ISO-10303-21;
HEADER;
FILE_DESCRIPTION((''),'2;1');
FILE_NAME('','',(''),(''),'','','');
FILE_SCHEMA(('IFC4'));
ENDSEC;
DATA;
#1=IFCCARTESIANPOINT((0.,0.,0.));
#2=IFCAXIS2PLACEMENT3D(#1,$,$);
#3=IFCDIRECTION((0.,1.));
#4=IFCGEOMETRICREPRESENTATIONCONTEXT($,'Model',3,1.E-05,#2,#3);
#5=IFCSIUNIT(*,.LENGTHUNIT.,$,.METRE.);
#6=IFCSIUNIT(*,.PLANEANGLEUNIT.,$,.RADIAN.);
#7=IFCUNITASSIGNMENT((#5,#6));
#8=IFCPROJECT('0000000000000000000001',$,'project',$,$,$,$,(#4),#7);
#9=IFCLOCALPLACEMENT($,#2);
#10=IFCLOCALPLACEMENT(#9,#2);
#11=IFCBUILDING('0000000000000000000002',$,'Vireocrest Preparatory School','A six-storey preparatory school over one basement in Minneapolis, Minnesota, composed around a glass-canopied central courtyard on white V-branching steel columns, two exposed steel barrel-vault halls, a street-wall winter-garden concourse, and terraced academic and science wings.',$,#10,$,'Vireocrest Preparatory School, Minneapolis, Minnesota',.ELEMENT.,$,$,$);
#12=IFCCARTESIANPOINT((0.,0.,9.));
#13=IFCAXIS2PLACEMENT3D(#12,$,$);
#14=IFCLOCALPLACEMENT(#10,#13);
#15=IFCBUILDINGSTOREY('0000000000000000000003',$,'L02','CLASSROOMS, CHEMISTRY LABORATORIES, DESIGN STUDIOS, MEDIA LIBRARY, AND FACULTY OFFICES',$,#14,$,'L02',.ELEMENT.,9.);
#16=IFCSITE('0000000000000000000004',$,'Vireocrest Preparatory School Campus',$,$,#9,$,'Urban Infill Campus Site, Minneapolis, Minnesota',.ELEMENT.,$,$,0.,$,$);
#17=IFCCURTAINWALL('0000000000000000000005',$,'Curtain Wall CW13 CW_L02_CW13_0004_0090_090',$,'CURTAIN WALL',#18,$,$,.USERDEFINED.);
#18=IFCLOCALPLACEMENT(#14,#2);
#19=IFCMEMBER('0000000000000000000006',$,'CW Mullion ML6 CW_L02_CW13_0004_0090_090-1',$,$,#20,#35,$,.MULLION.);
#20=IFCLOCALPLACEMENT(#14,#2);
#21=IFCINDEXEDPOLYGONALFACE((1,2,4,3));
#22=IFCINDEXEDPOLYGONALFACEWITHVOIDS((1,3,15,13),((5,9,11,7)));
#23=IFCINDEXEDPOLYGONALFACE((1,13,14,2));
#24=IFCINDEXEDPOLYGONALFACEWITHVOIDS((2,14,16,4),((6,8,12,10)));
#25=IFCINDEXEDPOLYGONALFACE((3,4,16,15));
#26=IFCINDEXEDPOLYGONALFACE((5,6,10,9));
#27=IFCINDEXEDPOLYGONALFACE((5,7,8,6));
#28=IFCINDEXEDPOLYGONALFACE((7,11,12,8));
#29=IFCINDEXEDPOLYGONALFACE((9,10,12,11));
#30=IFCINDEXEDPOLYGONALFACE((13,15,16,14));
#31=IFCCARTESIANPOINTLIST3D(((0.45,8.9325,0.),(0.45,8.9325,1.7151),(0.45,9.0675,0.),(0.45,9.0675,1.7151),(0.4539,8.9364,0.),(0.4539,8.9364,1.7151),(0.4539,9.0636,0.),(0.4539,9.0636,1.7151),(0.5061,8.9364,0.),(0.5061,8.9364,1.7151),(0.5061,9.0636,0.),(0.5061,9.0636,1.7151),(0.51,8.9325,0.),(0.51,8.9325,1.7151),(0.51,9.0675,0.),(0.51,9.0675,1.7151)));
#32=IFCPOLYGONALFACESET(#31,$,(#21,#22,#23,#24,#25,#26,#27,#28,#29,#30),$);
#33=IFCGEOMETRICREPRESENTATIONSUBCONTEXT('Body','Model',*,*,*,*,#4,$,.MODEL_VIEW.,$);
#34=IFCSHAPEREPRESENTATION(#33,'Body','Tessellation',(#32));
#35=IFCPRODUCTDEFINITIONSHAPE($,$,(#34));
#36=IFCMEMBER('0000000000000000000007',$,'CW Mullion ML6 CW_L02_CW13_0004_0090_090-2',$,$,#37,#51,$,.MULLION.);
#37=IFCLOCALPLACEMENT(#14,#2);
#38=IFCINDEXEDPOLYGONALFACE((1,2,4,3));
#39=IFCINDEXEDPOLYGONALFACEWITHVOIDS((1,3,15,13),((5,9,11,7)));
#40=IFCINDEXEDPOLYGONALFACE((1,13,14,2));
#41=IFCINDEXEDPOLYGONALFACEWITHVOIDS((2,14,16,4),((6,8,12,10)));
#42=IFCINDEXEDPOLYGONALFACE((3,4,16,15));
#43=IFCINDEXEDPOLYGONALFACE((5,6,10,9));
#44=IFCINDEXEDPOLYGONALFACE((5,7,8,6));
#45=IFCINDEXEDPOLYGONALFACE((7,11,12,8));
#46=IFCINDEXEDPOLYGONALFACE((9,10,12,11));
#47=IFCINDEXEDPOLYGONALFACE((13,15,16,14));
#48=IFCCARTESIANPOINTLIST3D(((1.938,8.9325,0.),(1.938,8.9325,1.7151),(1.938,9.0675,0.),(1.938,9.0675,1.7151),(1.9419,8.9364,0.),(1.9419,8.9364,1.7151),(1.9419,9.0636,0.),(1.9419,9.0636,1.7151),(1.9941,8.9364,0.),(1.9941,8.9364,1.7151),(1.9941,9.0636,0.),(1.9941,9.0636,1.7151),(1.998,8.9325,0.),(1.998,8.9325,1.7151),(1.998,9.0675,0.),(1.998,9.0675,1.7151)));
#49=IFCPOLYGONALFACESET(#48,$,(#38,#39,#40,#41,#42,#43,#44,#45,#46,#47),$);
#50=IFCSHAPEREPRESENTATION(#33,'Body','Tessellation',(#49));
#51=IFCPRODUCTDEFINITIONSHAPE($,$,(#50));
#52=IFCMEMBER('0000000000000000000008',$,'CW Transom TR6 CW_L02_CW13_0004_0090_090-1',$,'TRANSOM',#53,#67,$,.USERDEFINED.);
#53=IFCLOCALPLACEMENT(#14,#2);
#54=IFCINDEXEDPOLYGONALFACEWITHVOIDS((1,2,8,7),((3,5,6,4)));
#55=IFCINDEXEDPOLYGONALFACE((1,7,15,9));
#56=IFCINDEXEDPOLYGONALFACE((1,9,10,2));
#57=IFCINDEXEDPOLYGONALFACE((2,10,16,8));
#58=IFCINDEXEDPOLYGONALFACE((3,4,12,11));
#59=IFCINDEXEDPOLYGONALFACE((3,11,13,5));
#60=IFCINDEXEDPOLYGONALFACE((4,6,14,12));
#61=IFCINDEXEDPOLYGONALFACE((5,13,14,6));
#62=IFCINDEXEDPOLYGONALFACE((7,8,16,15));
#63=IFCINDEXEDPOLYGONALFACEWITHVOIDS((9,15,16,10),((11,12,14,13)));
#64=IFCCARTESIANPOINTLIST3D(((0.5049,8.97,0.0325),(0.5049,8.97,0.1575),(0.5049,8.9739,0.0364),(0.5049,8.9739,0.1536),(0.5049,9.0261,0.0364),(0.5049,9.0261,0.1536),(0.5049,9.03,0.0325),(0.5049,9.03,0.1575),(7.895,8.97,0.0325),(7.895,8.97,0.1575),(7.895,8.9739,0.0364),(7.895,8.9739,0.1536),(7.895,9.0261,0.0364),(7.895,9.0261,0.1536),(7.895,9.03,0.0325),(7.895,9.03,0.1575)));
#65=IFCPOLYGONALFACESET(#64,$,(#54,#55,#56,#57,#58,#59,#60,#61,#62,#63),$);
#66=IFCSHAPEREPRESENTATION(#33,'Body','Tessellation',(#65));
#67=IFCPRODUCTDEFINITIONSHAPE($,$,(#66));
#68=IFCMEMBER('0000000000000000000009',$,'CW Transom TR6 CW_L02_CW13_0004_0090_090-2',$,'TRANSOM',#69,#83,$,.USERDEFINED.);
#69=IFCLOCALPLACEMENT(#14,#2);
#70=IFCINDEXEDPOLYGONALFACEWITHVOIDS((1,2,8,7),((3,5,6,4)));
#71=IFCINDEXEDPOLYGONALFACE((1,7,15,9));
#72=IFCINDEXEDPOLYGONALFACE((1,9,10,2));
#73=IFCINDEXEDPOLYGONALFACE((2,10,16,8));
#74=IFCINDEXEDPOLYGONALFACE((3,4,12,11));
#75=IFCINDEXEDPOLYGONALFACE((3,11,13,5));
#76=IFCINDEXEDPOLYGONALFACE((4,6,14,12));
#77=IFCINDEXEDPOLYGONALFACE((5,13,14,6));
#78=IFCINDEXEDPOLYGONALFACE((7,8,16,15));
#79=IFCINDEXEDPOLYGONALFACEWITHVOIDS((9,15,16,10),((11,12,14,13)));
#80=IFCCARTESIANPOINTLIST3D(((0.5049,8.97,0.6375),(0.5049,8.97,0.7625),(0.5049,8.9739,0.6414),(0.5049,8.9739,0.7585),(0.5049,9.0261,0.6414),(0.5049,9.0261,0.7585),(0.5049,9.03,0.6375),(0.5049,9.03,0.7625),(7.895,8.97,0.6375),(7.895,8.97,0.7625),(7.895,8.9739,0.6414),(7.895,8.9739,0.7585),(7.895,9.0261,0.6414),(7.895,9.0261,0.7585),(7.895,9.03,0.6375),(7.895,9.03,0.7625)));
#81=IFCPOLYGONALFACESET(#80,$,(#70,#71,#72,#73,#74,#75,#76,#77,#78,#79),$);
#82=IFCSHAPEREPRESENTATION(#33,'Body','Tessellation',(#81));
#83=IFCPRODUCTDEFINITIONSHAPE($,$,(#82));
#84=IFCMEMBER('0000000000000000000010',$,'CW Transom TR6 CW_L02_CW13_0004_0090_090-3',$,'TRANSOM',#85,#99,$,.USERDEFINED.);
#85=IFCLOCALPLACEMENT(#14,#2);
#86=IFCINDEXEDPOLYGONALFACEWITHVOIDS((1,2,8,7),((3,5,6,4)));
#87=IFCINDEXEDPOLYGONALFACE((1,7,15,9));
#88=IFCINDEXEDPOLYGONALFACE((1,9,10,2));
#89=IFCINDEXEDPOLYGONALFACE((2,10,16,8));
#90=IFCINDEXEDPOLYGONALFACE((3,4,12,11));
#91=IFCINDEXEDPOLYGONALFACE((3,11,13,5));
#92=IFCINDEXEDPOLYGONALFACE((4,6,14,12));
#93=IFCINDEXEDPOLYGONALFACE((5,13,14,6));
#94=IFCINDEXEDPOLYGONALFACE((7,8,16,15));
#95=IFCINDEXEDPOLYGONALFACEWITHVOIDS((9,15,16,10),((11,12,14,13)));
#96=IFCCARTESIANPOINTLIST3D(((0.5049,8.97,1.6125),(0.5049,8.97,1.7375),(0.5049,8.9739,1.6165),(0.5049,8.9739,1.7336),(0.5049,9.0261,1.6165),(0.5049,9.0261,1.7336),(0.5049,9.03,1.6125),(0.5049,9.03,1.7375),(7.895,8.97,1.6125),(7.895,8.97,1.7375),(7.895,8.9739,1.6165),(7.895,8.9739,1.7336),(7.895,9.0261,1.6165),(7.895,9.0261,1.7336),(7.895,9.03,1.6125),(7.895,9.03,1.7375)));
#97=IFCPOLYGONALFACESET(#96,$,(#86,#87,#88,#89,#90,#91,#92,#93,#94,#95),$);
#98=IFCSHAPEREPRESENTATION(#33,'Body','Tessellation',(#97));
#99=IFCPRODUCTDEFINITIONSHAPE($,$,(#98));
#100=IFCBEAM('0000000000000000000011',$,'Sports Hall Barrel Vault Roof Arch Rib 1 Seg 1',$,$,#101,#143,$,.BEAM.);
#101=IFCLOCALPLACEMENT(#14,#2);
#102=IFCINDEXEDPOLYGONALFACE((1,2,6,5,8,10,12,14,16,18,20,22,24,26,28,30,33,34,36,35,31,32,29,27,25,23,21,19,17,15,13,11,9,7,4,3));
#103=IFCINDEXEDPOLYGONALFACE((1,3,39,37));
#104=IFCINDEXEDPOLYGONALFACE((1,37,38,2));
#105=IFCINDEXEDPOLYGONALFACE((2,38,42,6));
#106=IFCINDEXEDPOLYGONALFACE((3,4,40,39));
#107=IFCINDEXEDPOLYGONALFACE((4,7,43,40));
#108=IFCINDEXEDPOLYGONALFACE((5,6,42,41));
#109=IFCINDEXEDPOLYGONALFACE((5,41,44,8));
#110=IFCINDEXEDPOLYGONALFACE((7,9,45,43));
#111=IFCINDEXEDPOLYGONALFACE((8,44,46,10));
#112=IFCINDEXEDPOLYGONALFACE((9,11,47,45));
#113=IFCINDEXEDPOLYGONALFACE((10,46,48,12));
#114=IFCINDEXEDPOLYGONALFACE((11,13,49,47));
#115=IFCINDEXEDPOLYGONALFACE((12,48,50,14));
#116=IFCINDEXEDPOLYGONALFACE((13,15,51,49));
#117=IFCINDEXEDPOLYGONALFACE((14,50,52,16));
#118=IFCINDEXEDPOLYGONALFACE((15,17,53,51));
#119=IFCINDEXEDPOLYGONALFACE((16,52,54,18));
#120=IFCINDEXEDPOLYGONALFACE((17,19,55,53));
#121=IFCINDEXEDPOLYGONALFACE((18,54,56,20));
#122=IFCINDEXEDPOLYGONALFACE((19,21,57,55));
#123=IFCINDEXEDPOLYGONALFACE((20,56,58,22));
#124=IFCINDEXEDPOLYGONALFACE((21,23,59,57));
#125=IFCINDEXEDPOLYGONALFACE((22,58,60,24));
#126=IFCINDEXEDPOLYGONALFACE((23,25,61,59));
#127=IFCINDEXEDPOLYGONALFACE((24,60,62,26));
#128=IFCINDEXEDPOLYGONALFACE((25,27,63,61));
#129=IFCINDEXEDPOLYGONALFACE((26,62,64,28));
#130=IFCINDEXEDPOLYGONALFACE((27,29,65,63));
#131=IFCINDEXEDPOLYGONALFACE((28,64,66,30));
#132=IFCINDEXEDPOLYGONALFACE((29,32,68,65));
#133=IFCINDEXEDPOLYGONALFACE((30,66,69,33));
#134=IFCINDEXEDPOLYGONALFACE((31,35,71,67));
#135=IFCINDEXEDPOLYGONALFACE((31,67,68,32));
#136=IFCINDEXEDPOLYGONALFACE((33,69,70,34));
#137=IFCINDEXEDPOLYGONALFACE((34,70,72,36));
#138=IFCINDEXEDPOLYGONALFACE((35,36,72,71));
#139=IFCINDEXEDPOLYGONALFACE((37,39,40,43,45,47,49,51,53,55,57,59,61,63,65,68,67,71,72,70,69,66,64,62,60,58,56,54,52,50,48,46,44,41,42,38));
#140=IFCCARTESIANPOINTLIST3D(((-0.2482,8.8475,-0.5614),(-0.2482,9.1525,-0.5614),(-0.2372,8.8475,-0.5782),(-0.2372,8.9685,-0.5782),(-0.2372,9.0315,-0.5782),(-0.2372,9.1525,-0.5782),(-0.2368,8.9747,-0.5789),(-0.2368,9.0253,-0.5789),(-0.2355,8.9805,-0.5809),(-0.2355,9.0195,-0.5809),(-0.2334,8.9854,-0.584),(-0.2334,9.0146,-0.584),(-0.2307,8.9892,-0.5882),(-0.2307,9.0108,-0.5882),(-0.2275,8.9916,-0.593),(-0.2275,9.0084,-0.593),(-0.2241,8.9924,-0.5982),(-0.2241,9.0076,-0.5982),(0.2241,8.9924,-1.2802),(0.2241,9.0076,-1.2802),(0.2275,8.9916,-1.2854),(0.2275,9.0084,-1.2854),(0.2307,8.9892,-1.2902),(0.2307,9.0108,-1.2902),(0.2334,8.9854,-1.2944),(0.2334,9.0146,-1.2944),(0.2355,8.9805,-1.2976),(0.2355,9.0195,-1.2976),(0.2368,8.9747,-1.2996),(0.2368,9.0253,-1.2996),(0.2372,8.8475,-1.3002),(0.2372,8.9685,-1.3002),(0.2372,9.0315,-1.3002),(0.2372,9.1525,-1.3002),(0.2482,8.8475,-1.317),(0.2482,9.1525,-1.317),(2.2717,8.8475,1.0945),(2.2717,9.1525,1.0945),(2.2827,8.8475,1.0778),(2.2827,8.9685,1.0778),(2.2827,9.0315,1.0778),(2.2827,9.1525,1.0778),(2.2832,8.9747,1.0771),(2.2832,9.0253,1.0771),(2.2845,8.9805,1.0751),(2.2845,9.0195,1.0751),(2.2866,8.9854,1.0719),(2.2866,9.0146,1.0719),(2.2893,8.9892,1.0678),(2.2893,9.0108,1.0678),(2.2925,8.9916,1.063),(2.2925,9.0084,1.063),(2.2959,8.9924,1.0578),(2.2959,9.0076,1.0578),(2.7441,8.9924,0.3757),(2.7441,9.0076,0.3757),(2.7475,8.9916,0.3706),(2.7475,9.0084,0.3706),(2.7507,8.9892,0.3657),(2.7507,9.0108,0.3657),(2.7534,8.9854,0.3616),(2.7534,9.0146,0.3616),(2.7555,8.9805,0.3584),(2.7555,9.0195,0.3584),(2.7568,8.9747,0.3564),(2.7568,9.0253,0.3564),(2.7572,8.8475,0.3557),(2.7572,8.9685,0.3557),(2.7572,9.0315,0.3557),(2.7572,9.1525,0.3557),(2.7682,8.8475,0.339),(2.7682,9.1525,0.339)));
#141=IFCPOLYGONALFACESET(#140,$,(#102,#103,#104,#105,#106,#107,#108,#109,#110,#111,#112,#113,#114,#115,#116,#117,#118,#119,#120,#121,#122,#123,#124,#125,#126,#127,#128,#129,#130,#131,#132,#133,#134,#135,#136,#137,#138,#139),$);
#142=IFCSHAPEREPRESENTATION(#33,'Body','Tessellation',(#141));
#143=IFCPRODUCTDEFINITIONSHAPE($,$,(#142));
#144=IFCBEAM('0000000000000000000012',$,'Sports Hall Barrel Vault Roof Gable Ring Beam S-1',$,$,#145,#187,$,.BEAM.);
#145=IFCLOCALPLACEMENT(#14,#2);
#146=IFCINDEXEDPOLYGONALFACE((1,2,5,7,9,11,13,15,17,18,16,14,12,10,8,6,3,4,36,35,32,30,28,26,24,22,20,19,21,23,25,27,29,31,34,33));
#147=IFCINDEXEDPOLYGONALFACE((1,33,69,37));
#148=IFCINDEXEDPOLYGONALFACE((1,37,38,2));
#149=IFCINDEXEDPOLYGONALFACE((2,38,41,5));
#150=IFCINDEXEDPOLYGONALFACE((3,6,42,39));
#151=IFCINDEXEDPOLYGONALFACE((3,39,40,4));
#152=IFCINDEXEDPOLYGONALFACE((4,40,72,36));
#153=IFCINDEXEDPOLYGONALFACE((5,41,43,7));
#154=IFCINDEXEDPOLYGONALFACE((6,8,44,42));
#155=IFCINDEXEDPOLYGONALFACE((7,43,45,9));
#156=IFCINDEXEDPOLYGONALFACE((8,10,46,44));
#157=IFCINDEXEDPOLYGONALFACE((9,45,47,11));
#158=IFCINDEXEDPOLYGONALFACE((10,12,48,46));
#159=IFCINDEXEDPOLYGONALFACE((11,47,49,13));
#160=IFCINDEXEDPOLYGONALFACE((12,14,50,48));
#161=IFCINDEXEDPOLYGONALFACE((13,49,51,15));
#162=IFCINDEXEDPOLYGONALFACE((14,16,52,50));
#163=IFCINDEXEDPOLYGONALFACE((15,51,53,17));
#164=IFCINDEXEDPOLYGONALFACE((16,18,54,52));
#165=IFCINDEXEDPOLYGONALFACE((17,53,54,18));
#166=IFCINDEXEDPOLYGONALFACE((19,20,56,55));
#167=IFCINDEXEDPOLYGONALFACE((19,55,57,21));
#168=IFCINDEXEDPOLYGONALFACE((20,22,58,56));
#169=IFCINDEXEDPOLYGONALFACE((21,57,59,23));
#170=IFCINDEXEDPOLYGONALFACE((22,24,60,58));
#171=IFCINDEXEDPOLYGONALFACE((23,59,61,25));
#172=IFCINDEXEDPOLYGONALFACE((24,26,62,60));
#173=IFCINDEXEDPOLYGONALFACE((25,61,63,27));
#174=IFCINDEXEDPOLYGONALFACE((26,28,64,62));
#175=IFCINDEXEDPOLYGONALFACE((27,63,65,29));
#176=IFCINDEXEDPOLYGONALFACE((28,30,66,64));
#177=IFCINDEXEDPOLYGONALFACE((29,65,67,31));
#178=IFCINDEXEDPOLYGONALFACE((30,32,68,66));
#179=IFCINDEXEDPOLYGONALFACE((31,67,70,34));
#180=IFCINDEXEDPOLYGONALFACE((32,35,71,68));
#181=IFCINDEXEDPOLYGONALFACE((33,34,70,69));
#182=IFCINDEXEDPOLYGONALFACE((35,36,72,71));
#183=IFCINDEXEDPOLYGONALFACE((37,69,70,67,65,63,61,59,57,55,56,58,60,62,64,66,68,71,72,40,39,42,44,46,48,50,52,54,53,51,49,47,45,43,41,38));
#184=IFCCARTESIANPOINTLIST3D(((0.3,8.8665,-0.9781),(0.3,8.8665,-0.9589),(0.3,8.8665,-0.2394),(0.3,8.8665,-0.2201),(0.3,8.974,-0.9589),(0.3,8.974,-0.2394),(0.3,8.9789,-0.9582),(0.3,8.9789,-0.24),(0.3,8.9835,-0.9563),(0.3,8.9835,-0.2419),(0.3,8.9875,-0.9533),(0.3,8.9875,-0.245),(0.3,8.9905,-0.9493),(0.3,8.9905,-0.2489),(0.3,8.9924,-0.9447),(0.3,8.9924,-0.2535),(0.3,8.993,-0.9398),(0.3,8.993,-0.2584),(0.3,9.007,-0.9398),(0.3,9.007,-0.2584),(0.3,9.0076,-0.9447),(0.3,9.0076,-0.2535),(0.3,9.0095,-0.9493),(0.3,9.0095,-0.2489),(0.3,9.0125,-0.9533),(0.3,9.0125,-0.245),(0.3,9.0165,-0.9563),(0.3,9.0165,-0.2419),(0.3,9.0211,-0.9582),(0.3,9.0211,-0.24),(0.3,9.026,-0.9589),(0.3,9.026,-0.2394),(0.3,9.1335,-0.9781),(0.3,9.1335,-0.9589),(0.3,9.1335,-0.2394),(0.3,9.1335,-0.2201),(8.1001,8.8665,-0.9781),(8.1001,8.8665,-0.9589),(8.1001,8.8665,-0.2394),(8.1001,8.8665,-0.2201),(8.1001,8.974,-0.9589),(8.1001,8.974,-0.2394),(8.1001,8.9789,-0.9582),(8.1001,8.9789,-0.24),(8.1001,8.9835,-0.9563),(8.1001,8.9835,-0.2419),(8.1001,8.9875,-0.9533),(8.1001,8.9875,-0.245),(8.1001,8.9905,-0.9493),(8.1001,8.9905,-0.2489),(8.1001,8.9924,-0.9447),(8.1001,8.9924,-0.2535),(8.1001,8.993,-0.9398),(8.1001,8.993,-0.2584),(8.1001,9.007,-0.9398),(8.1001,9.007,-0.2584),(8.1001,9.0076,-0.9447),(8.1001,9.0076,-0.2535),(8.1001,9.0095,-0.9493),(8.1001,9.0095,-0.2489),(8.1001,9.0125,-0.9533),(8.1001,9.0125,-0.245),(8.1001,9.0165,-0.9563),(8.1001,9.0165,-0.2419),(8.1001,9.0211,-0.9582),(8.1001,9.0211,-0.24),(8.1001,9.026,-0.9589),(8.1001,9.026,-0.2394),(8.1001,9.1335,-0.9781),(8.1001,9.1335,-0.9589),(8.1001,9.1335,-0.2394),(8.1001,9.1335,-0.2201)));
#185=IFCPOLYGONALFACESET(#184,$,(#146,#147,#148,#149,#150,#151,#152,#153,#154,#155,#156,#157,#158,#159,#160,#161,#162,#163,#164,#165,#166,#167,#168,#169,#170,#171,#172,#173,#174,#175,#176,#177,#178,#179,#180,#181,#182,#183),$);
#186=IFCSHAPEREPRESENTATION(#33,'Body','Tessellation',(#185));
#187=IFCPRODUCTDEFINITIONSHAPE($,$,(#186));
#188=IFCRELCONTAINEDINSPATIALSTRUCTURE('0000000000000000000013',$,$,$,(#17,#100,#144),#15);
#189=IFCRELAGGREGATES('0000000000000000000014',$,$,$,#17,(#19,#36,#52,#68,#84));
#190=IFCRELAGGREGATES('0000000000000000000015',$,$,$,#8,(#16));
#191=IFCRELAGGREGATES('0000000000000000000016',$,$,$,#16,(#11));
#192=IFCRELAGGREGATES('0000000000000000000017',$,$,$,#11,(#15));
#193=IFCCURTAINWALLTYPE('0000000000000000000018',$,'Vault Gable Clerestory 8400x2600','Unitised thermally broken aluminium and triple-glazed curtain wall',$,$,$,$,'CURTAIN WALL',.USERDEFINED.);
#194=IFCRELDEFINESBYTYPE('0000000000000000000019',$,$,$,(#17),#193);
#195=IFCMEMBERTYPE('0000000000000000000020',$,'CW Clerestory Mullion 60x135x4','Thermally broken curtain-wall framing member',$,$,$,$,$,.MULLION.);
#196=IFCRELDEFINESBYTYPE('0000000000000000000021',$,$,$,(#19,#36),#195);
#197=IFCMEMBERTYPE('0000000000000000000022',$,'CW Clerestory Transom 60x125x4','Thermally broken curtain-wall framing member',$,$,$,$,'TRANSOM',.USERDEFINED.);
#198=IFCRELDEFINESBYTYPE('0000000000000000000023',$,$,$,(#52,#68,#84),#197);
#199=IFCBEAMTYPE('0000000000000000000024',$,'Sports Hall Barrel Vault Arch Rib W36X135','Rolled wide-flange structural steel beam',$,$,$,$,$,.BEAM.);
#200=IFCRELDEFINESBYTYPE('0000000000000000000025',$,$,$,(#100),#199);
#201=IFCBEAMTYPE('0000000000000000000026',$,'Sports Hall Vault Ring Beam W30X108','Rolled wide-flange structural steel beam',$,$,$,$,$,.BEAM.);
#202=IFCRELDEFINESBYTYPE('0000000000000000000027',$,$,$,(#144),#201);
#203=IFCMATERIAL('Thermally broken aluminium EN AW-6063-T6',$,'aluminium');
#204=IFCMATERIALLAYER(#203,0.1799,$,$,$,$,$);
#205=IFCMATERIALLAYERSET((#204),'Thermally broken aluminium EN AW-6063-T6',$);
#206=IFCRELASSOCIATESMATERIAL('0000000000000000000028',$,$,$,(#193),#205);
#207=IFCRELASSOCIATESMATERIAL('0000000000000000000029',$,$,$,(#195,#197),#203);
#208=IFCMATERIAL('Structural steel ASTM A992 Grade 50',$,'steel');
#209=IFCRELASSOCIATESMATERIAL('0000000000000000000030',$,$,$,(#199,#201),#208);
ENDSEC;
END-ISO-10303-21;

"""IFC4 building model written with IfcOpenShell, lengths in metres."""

from ifc_helpers import new_model, si_unit, direction, frame, origin, origin_2d, place, context, subcontext, project, spatial, hollow_rectangle, i_section, extrude, material, layer, layer_set, material_profile, profile_set, type_object, element, aggregate, save


model = new_model("IFC4")

# Units and contexts
model_context = context("Model", 3, precision=1e-05, world=origin(), true_north=direction((0.0, 1.0)))
body_context = subcontext(model_context, "Body", "Model", "MODEL_VIEW")
ifc_project = project(units=[si_unit("LENGTHUNIT", "METRE"), si_unit("PLANEANGLEUNIT", "RADIAN")], contexts=[model_context])

# Site, building, storey
site_placement = place(None, origin())
site = spatial("IfcSite", under=ifc_project, at=site_placement, Name="Vireocrest Preparatory School Campus", LongName="Urban Infill Campus Site, Minneapolis, Minnesota", CompositionType="ELEMENT", RefElevation=0.0)
building_placement = place(site_placement, origin())
building = spatial("IfcBuilding", under=site, at=building_placement, Name="Vireocrest Preparatory School", Description="A six-storey preparatory school over one basement in Minneapolis, Minnesota, composed around a glass-canopied central courtyard on white V-branching steel columns, two exposed steel barrel-vault halls, a street-wall winter-garden concourse, and terraced academic and science wings.", LongName="Vireocrest Preparatory School, Minneapolis, Minnesota", CompositionType="ELEMENT")
storey_placement = place(building_placement, frame((0.0, 0.0, 9.0)))
storey = spatial("IfcBuildingStorey", under=building, at=storey_placement, Name="L02", Description="CLASSROOMS, CHEMISTRY LABORATORIES, DESIGN STUDIOS, MEDIA LIBRARY, AND FACULTY OFFICES", LongName="L02", CompositionType="ELEMENT", Elevation=9.0)

# Curtain wall, members
ifc_material_1 = material(Name="Thermally broken aluminium EN AW-6063-T6", Category="aluminium")
ifc_layer_1 = layer(ifc_material_1, 0.1799)
ifc_layer_set_1 = layer_set([ifc_layer_1], Name="Thermally broken aluminium EN AW-6063-T6")
curtain_wall_type = type_object("IfcCurtainWallType", Name="Vault Gable Clerestory 8400x2600", Description="Unitised thermally broken aluminium and triple-glazed curtain wall", ElementType="CURTAIN WALL", PredefinedType="USERDEFINED", material=ifc_layer_set_1)
curtain_wall_placement = place(storey_placement, origin())
curtain_wall = element("IfcCurtainWall", 1, at=curtain_wall_placement, inside=storey, type_object=curtain_wall_type, Name="Curtain Wall CW13 CW_L02_CW13_0004_0090_090", ObjectType="CURTAIN WALL", PredefinedType="USERDEFINED")
ifc_material_profile_1 = material_profile(ifc_material_1, hollow_rectangle(XDim=0.0601, YDim=0.135, WallThickness=0.0039, at=origin_2d()), Name="ALU 60x135x4")
ifc_profile_set_1 = profile_set([ifc_material_profile_1], Name="Thermally broken aluminium EN AW-6063-T6")
member_type_1 = type_object("IfcMemberType", Name="CW Clerestory Mullion 60x135x4", Description="Thermally broken curtain-wall framing member", PredefinedType="MULLION", material=ifc_profile_set_1)
member_1_placement = place(storey_placement, frame((0.48, 9.0, 0.0), z_axis=(0.0, 0.0, 1.0), x_axis=(1.0, 0.0, 0.0)))
member_1 = element("IfcMember", 2, at=member_1_placement, type_object=member_type_1, Name="CW Mullion ML6 CW_L02_CW13_0004_0090_090-1", PredefinedType="MULLION", context=body_context, shape_type="SweptSolid", body=[
    extrude(hollow_rectangle(XDim=0.0601, YDim=0.135, WallThickness=0.0039, at=origin_2d()), origin(), (0.0, 0.0, 1.0), 1.7151),
])
member_2_placement = place(storey_placement, frame((1.968, 9.0, 0.0), z_axis=(0.0, 0.0, 1.0), x_axis=(1.0, 0.0, 0.0)))
member_2 = element("IfcMember", 3, at=member_2_placement, type_object=member_type_1, Name="CW Mullion ML6 CW_L02_CW13_0004_0090_090-2", PredefinedType="MULLION", context=body_context, shape_type="SweptSolid", body=[
    extrude(hollow_rectangle(XDim=0.0601, YDim=0.135, WallThickness=0.0039, at=origin_2d()), origin(), (0.0, 0.0, 1.0), 1.7151),
])
ifc_material_profile_2 = material_profile(ifc_material_1, hollow_rectangle(XDim=0.0601, YDim=0.125, WallThickness=0.0039, at=origin_2d()), Name="ALU 60x125x4")
ifc_profile_set_2 = profile_set([ifc_material_profile_2], Name="Thermally broken aluminium EN AW-6063-T6")
member_type_2 = type_object("IfcMemberType", Name="CW Clerestory Transom 60x125x4", Description="Thermally broken curtain-wall framing member", ElementType="TRANSOM", PredefinedType="USERDEFINED", material=ifc_profile_set_2)
member_3_placement = place(storey_placement, frame((0.5049, 9.0, 0.095), z_axis=(1.0, 0.0, 0.0), x_axis=(0.0, 1.0, 0.0)))
member_3 = element("IfcMember", 4, at=member_3_placement, type_object=member_type_2, Name="CW Transom TR6 CW_L02_CW13_0004_0090_090-1", ObjectType="TRANSOM", PredefinedType="USERDEFINED", context=body_context, shape_type="SweptSolid", body=[
    extrude(hollow_rectangle(XDim=0.0601, YDim=0.125, WallThickness=0.0039, at=origin_2d()), origin(), (0.0, 0.0, 1.0), 7.3901),
])
member_4_placement = place(storey_placement, frame((0.5049, 9.0, 0.7), z_axis=(1.0, 0.0, 0.0), x_axis=(0.0, 1.0, 0.0)))
member_4 = element("IfcMember", 5, at=member_4_placement, type_object=member_type_2, Name="CW Transom TR6 CW_L02_CW13_0004_0090_090-2", ObjectType="TRANSOM", PredefinedType="USERDEFINED", context=body_context, shape_type="SweptSolid", body=[
    extrude(hollow_rectangle(XDim=0.0601, YDim=0.125, WallThickness=0.0039, at=origin_2d()), origin(), (0.0, 0.0, 1.0), 7.3901),
])
member_5_placement = place(storey_placement, frame((0.5049, 9.0, 1.675), z_axis=(1.0, 0.0, 0.0), x_axis=(0.0, 1.0, 0.0)))
member_5 = element("IfcMember", 6, at=member_5_placement, type_object=member_type_2, Name="CW Transom TR6 CW_L02_CW13_0004_0090_090-3", ObjectType="TRANSOM", PredefinedType="USERDEFINED", context=body_context, shape_type="SweptSolid", body=[
    extrude(hollow_rectangle(XDim=0.0601, YDim=0.125, WallThickness=0.0039, at=origin_2d()), origin(), (0.0, 0.0, 1.0), 7.3901),
])

# Beams
ifc_material_2 = material(Name="Structural steel ASTM A992 Grade 50", Category="steel")
ifc_material_profile_3 = material_profile(ifc_material_2, i_section(OverallWidth=0.3049, OverallDepth=0.9041, WebThickness=0.0151, FlangeThickness=0.02, FilletRadius=0.0239, at=origin_2d()), Name="W36X135")
ifc_profile_set_3 = profile_set([ifc_material_profile_3], Name="Structural steel ASTM A992 Grade 50")
beam_type_1 = type_object("IfcBeamType", Name="Sports Hall Barrel Vault Arch Rib W36X135", Description="Rolled wide-flange structural steel beam", PredefinedType="BEAM", material=ifc_profile_set_3)
beam_1_placement = place(storey_placement, frame((0.0, 9.0, -0.9392), z_axis=(0.835707, 0.0, 0.549176), x_axis=(0.0, 1.0, 0.0)))
element("IfcBeam", 7, at=beam_1_placement, inside=storey, type_object=beam_type_1, Name="Sports Hall Barrel Vault Roof Arch Rib 1 Seg 1", PredefinedType="BEAM", context=body_context, shape_type="SweptSolid", body=[
    extrude(i_section(OverallWidth=0.3049, OverallDepth=0.9041, WebThickness=0.0151, FlangeThickness=0.02, FilletRadius=0.0239, at=origin_2d()), origin(), (0.0, 0.0, 1.0), 3.0154),
])
ifc_material_profile_4 = material_profile(ifc_material_2, i_section(OverallWidth=0.2671, OverallDepth=0.7581, WebThickness=0.0139, FlangeThickness=0.0193, FilletRadius=0.019, at=origin_2d()), Name="W30X108")
ifc_profile_set_4 = profile_set([ifc_material_profile_4], Name="Structural steel ASTM A992 Grade 50")
beam_type_2 = type_object("IfcBeamType", Name="Sports Hall Vault Ring Beam W30X108", Description="Rolled wide-flange structural steel beam", PredefinedType="BEAM", material=ifc_profile_set_4)
beam_2_placement = place(storey_placement, frame((0.3, 9.0, -0.5991), z_axis=(1.0, 0.0, 0.0), x_axis=(0.0, 1.0, 0.0)))
element("IfcBeam", 8, at=beam_2_placement, inside=storey, type_object=beam_type_2, Name="Sports Hall Barrel Vault Roof Gable Ring Beam S-1", PredefinedType="BEAM", context=body_context, shape_type="SweptSolid", body=[
    extrude(i_section(OverallWidth=0.2671, OverallDepth=0.7581, WebThickness=0.0139, FlangeThickness=0.0193, FilletRadius=0.019, at=origin_2d()), origin(), (0.0, 0.0, 1.0), 7.8),
])

aggregate(curtain_wall, [member_1, member_2, member_3, member_4, member_5])

save(model, "model.ifc")
